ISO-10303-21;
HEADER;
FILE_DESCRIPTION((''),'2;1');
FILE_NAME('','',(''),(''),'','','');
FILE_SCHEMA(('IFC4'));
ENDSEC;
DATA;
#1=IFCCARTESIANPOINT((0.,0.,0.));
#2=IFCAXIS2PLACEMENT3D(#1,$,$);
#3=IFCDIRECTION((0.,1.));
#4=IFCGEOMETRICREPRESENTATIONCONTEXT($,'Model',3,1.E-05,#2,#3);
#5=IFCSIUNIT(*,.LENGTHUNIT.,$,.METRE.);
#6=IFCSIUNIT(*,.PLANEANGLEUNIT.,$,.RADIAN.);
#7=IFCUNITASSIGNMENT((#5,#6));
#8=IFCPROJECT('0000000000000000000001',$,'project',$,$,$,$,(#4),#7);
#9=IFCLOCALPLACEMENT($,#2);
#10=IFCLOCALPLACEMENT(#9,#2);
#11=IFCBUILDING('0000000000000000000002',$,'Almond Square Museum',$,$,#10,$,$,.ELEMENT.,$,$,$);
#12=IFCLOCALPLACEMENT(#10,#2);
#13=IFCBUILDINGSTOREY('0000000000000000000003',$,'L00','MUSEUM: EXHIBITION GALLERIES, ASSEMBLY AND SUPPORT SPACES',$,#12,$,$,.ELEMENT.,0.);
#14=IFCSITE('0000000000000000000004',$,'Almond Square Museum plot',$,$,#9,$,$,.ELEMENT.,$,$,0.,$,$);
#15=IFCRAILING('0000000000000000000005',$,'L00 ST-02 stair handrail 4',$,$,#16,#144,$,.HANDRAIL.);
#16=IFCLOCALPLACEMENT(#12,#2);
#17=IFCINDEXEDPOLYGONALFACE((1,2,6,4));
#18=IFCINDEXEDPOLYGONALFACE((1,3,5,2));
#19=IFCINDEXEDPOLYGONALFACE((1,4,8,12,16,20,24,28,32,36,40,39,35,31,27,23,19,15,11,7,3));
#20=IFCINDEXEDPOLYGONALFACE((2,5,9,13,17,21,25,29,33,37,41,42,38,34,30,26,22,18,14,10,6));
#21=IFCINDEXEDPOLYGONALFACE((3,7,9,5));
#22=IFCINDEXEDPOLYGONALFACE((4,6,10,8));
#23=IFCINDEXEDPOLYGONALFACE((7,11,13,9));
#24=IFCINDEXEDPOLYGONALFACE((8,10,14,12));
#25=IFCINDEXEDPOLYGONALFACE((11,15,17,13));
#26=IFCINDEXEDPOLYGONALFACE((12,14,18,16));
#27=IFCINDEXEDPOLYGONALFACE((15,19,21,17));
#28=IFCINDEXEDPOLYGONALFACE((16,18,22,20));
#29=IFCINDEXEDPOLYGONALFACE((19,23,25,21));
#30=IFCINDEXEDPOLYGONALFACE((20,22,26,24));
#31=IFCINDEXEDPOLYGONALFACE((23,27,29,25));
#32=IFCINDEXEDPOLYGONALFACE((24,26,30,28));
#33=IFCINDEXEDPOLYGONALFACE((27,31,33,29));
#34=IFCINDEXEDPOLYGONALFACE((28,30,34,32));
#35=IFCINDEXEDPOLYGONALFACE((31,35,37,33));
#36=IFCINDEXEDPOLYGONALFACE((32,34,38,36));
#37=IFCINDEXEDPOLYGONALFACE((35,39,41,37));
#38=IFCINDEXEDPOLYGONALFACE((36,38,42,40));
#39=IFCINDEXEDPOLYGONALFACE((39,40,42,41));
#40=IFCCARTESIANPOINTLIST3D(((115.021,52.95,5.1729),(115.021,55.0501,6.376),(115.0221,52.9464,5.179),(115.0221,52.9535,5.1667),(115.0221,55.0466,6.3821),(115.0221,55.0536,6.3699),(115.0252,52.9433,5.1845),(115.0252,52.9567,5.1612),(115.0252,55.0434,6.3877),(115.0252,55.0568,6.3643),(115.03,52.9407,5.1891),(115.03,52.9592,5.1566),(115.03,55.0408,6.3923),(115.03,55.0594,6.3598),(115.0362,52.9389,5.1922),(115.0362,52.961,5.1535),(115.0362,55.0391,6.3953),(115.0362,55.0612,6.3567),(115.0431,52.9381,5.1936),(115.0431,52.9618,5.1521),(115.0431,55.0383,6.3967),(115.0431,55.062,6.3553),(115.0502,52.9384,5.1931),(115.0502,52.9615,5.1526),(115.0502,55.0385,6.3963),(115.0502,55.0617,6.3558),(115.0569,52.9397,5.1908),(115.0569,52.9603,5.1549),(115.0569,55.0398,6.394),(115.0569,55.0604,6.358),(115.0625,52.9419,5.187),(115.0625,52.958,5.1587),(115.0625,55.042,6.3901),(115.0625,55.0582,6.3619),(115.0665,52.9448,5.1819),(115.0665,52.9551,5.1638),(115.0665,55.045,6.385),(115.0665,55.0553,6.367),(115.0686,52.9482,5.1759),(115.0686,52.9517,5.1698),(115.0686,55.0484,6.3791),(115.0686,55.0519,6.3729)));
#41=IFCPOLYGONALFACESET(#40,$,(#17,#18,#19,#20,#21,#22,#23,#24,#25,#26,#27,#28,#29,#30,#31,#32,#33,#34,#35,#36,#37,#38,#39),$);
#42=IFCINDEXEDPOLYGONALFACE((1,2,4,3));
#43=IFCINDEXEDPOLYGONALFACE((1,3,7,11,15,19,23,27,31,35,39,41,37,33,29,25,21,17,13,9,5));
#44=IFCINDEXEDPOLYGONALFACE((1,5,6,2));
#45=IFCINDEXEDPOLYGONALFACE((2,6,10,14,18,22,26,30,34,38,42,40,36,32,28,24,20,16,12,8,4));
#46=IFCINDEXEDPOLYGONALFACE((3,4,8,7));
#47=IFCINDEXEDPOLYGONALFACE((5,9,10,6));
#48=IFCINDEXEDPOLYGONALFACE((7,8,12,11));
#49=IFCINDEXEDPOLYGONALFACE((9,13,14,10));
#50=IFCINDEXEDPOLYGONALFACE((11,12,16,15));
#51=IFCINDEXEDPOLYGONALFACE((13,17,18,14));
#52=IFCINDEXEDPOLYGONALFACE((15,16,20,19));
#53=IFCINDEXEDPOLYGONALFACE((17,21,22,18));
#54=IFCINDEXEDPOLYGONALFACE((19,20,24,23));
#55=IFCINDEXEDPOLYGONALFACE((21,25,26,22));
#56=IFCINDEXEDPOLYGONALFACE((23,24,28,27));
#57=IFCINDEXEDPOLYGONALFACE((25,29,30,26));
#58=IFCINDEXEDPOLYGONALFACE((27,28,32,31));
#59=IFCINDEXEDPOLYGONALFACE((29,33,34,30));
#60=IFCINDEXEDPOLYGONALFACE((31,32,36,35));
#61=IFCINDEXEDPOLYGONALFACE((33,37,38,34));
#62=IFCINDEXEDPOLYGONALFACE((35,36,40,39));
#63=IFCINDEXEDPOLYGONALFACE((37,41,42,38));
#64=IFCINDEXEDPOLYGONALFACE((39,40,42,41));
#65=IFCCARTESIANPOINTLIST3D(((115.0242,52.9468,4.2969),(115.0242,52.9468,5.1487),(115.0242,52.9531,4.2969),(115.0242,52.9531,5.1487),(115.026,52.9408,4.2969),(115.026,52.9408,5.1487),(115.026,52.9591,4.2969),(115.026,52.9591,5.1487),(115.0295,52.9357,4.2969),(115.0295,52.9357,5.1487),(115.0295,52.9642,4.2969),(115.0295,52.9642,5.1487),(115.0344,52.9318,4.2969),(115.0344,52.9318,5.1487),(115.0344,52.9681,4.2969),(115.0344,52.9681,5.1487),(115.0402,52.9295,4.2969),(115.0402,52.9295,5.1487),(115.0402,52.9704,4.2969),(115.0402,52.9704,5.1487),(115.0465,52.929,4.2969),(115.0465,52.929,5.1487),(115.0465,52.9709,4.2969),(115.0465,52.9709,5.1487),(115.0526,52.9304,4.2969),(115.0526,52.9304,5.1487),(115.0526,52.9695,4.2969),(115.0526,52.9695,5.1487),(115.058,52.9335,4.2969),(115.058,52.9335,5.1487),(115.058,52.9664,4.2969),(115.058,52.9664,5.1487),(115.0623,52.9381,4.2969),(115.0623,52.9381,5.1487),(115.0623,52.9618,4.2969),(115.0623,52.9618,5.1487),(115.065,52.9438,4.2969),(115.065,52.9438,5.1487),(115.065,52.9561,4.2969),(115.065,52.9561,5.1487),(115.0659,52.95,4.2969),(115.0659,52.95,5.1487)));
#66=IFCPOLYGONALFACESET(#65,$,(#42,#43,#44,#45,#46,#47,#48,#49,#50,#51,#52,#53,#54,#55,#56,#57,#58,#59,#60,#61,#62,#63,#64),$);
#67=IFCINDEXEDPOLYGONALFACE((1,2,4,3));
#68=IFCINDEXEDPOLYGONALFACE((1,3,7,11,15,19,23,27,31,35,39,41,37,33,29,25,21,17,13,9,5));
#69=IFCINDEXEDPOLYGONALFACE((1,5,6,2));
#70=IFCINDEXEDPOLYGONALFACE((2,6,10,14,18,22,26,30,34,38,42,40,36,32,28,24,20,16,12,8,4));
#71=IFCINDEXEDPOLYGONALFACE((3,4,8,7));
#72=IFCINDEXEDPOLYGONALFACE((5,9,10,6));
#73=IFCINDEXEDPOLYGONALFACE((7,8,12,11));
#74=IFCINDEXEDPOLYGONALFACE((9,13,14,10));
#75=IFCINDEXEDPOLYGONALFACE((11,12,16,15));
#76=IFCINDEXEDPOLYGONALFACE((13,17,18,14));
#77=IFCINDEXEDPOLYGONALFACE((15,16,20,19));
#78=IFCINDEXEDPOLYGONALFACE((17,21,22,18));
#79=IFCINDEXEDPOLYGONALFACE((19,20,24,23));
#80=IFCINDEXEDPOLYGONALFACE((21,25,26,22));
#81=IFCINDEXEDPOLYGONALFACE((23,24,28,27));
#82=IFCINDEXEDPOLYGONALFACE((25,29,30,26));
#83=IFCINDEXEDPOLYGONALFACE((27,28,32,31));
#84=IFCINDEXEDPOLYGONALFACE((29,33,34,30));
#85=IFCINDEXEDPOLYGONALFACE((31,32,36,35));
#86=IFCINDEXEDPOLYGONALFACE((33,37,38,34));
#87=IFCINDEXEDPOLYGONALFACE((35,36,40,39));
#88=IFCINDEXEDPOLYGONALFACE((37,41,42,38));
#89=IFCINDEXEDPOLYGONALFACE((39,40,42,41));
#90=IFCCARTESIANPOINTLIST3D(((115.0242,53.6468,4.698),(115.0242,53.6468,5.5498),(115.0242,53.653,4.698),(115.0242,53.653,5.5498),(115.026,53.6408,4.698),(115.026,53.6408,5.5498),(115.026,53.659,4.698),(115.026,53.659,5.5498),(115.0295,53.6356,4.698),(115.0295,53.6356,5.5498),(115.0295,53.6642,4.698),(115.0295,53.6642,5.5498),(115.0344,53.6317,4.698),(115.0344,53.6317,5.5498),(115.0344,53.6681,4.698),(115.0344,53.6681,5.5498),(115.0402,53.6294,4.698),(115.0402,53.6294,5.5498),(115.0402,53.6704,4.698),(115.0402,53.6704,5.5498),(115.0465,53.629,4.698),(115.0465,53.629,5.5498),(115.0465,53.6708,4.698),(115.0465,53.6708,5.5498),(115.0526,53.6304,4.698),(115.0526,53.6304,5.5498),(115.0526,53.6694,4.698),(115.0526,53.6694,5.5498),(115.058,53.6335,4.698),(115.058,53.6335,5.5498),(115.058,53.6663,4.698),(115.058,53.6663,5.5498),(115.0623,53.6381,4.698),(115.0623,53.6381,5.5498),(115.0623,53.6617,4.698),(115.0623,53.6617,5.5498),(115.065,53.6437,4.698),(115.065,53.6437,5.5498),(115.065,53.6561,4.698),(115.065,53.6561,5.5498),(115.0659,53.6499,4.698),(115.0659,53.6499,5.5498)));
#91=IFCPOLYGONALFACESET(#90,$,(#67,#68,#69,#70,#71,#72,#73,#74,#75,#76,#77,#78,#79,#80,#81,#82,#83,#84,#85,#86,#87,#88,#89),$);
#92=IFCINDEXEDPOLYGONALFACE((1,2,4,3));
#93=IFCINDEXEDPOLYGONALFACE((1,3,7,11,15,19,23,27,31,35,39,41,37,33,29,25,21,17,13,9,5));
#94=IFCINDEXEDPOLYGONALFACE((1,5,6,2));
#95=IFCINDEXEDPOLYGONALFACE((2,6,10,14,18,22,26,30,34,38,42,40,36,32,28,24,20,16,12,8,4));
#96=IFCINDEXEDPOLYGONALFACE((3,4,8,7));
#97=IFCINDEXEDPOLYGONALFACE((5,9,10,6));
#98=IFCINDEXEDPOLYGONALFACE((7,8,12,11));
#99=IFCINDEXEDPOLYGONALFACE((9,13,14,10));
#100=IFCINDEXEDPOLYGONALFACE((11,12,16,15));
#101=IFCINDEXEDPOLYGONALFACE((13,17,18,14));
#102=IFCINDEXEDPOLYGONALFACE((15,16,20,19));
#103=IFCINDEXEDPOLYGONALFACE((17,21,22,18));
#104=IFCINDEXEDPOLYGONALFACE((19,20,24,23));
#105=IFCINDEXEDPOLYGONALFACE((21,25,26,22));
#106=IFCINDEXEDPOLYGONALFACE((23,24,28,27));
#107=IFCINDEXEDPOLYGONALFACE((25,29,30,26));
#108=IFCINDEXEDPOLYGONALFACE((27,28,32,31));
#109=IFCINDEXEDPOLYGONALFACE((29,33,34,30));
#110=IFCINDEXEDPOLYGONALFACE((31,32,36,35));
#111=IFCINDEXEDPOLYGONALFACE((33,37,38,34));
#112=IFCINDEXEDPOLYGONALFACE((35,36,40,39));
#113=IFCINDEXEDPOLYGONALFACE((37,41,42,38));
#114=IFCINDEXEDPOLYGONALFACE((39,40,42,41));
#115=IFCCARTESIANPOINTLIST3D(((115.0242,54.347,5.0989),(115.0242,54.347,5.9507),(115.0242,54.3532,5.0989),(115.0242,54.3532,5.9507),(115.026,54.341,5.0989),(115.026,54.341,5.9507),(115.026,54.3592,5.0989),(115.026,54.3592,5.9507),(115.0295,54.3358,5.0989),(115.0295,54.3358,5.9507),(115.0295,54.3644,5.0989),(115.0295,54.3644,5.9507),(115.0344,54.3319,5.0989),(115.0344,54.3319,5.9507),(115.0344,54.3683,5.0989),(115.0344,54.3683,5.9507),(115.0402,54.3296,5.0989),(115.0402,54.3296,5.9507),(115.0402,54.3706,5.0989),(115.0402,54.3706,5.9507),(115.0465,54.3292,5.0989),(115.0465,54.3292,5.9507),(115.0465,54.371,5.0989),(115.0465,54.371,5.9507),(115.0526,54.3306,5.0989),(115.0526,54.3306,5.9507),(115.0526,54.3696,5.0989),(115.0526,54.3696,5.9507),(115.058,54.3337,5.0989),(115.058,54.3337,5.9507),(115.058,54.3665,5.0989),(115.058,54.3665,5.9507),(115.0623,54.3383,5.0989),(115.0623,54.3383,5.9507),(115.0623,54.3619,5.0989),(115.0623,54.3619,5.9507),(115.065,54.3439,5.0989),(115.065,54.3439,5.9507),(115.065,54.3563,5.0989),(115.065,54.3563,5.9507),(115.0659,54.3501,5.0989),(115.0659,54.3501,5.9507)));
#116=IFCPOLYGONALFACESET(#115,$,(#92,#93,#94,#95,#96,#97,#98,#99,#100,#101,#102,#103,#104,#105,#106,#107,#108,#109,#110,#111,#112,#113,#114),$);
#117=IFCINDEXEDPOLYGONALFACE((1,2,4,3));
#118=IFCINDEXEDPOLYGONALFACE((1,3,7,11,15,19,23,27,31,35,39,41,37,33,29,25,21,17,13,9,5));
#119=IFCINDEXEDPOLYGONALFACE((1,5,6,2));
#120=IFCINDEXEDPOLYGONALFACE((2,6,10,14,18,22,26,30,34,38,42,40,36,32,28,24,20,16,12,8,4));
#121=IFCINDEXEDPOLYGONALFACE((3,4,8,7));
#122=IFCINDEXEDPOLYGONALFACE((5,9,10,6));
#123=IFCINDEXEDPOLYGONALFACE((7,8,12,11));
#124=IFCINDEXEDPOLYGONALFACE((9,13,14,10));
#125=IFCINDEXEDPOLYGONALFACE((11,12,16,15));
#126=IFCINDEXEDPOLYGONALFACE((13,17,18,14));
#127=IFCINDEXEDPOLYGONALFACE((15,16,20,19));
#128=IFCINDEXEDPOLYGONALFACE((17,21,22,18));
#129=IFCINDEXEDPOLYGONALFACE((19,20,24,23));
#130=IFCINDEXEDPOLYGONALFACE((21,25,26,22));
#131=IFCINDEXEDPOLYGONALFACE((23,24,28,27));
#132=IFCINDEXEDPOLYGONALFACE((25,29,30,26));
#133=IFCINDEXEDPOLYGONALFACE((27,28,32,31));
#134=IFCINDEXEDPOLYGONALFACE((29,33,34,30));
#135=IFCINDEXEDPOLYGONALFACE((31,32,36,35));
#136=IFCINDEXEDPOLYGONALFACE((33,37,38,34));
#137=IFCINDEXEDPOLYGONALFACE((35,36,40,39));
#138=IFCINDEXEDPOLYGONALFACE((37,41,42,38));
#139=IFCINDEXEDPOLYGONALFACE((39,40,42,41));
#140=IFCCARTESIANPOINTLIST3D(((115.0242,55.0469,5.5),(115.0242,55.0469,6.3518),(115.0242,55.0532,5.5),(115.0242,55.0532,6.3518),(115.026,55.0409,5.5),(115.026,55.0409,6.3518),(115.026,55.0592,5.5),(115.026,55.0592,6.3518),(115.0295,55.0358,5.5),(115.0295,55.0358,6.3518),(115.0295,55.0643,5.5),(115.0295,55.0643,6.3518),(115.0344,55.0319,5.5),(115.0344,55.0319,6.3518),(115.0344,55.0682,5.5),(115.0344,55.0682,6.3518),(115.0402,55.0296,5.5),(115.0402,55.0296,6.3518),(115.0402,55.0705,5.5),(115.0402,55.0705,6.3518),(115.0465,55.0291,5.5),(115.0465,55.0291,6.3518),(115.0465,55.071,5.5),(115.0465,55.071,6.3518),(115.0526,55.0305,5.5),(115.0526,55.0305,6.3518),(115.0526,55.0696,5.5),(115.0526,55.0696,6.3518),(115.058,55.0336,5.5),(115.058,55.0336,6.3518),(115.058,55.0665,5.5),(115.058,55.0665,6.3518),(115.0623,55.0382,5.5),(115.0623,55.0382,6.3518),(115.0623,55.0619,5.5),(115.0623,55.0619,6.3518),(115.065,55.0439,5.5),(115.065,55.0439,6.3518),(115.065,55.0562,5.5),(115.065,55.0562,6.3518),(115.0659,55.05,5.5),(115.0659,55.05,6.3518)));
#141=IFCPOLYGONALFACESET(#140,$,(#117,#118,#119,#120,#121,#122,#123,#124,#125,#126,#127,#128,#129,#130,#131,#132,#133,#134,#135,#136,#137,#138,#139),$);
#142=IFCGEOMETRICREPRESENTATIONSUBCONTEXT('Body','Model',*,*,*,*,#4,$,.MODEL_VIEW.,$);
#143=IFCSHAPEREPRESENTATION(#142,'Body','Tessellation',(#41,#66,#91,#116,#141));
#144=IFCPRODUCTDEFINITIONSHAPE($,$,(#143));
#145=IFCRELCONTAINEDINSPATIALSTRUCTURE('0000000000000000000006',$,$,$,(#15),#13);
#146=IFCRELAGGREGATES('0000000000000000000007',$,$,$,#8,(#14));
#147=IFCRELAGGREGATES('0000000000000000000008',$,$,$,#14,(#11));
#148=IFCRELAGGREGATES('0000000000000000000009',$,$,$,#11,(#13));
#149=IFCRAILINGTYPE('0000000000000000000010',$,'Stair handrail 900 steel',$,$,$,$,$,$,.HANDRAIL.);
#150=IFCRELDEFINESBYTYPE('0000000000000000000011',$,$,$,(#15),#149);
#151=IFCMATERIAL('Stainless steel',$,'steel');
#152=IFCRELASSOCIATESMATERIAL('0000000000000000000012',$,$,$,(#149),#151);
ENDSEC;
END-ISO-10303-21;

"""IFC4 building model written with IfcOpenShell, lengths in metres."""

from ifc_helpers import new_model, si_unit, direction, frame, origin, origin_2d, place, context, subcontext, project, spatial, circle, extrude, material, type_object, element, save


model = new_model("IFC4")

# Units and contexts
model_context = context("Model", 3, precision=1e-05, world=origin(), true_north=direction((0.0, 1.0)))
body_context = subcontext(model_context, "Body", "Model", "MODEL_VIEW")
ifc_project = project(units=[si_unit("LENGTHUNIT", "METRE"), si_unit("PLANEANGLEUNIT", "RADIAN")], contexts=[model_context])

# Site, building, storey
site_placement = place(None, origin())
site = spatial("IfcSite", under=ifc_project, at=site_placement, Name="Almond Square Museum plot", CompositionType="ELEMENT", RefElevation=0.0)
building_placement = place(site_placement, origin())
building = spatial("IfcBuilding", under=site, at=building_placement, Name="Almond Square Museum", CompositionType="ELEMENT")
storey_placement = place(building_placement, origin())
storey = spatial("IfcBuildingStorey", under=building, at=storey_placement, Name="L00", Description="MUSEUM: EXHIBITION GALLERIES, ASSEMBLY AND SUPPORT SPACES", CompositionType="ELEMENT", Elevation=0.0)

# Railing
ifc_material_1 = material(Name="Stainless steel", Category="steel")
railing_type_1 = type_object("IfcRailingType", Name="Stair handrail 900 steel", PredefinedType="HANDRAIL", material=ifc_material_1)
railing_1_placement = place(storey_placement, frame((115.0449, 52.95, 4.2969)))
element("IfcRailing", 1, at=railing_1_placement, inside=storey, type_object=railing_type_1, Name="L00 ST-02 stair handrail 4", PredefinedType="HANDRAIL", context=body_context, shape_type="SweptSolid", body=[
    extrude(circle(Radius=0.0239, at=origin_2d()), frame((0.0, 0.0, 0.876), z_axis=(0.0, 0.867696, 0.497095), x_axis=(-1.0, 0.0, 0.0)), (0.0, 0.0, 1.0), 2.4204),
    extrude(circle(Radius=0.021, at=origin_2d()), origin(), (0.0, 0.0, 1.0), 0.8518),
    extrude(circle(Radius=0.021, at=origin_2d()), frame((0.0, 0.7, 0.4011)), (0.0, 0.0, 1.0), 0.8518),
    extrude(circle(Radius=0.021, at=origin_2d()), frame((0.0, 1.4001, 0.802)), (0.0, 0.0, 1.0), 0.8518),
    extrude(circle(Radius=0.021, at=origin_2d()), frame((0.0, 2.1001, 1.2031)), (0.0, 0.0, 1.0), 0.8518),
])

save(model, "model.ifc")
